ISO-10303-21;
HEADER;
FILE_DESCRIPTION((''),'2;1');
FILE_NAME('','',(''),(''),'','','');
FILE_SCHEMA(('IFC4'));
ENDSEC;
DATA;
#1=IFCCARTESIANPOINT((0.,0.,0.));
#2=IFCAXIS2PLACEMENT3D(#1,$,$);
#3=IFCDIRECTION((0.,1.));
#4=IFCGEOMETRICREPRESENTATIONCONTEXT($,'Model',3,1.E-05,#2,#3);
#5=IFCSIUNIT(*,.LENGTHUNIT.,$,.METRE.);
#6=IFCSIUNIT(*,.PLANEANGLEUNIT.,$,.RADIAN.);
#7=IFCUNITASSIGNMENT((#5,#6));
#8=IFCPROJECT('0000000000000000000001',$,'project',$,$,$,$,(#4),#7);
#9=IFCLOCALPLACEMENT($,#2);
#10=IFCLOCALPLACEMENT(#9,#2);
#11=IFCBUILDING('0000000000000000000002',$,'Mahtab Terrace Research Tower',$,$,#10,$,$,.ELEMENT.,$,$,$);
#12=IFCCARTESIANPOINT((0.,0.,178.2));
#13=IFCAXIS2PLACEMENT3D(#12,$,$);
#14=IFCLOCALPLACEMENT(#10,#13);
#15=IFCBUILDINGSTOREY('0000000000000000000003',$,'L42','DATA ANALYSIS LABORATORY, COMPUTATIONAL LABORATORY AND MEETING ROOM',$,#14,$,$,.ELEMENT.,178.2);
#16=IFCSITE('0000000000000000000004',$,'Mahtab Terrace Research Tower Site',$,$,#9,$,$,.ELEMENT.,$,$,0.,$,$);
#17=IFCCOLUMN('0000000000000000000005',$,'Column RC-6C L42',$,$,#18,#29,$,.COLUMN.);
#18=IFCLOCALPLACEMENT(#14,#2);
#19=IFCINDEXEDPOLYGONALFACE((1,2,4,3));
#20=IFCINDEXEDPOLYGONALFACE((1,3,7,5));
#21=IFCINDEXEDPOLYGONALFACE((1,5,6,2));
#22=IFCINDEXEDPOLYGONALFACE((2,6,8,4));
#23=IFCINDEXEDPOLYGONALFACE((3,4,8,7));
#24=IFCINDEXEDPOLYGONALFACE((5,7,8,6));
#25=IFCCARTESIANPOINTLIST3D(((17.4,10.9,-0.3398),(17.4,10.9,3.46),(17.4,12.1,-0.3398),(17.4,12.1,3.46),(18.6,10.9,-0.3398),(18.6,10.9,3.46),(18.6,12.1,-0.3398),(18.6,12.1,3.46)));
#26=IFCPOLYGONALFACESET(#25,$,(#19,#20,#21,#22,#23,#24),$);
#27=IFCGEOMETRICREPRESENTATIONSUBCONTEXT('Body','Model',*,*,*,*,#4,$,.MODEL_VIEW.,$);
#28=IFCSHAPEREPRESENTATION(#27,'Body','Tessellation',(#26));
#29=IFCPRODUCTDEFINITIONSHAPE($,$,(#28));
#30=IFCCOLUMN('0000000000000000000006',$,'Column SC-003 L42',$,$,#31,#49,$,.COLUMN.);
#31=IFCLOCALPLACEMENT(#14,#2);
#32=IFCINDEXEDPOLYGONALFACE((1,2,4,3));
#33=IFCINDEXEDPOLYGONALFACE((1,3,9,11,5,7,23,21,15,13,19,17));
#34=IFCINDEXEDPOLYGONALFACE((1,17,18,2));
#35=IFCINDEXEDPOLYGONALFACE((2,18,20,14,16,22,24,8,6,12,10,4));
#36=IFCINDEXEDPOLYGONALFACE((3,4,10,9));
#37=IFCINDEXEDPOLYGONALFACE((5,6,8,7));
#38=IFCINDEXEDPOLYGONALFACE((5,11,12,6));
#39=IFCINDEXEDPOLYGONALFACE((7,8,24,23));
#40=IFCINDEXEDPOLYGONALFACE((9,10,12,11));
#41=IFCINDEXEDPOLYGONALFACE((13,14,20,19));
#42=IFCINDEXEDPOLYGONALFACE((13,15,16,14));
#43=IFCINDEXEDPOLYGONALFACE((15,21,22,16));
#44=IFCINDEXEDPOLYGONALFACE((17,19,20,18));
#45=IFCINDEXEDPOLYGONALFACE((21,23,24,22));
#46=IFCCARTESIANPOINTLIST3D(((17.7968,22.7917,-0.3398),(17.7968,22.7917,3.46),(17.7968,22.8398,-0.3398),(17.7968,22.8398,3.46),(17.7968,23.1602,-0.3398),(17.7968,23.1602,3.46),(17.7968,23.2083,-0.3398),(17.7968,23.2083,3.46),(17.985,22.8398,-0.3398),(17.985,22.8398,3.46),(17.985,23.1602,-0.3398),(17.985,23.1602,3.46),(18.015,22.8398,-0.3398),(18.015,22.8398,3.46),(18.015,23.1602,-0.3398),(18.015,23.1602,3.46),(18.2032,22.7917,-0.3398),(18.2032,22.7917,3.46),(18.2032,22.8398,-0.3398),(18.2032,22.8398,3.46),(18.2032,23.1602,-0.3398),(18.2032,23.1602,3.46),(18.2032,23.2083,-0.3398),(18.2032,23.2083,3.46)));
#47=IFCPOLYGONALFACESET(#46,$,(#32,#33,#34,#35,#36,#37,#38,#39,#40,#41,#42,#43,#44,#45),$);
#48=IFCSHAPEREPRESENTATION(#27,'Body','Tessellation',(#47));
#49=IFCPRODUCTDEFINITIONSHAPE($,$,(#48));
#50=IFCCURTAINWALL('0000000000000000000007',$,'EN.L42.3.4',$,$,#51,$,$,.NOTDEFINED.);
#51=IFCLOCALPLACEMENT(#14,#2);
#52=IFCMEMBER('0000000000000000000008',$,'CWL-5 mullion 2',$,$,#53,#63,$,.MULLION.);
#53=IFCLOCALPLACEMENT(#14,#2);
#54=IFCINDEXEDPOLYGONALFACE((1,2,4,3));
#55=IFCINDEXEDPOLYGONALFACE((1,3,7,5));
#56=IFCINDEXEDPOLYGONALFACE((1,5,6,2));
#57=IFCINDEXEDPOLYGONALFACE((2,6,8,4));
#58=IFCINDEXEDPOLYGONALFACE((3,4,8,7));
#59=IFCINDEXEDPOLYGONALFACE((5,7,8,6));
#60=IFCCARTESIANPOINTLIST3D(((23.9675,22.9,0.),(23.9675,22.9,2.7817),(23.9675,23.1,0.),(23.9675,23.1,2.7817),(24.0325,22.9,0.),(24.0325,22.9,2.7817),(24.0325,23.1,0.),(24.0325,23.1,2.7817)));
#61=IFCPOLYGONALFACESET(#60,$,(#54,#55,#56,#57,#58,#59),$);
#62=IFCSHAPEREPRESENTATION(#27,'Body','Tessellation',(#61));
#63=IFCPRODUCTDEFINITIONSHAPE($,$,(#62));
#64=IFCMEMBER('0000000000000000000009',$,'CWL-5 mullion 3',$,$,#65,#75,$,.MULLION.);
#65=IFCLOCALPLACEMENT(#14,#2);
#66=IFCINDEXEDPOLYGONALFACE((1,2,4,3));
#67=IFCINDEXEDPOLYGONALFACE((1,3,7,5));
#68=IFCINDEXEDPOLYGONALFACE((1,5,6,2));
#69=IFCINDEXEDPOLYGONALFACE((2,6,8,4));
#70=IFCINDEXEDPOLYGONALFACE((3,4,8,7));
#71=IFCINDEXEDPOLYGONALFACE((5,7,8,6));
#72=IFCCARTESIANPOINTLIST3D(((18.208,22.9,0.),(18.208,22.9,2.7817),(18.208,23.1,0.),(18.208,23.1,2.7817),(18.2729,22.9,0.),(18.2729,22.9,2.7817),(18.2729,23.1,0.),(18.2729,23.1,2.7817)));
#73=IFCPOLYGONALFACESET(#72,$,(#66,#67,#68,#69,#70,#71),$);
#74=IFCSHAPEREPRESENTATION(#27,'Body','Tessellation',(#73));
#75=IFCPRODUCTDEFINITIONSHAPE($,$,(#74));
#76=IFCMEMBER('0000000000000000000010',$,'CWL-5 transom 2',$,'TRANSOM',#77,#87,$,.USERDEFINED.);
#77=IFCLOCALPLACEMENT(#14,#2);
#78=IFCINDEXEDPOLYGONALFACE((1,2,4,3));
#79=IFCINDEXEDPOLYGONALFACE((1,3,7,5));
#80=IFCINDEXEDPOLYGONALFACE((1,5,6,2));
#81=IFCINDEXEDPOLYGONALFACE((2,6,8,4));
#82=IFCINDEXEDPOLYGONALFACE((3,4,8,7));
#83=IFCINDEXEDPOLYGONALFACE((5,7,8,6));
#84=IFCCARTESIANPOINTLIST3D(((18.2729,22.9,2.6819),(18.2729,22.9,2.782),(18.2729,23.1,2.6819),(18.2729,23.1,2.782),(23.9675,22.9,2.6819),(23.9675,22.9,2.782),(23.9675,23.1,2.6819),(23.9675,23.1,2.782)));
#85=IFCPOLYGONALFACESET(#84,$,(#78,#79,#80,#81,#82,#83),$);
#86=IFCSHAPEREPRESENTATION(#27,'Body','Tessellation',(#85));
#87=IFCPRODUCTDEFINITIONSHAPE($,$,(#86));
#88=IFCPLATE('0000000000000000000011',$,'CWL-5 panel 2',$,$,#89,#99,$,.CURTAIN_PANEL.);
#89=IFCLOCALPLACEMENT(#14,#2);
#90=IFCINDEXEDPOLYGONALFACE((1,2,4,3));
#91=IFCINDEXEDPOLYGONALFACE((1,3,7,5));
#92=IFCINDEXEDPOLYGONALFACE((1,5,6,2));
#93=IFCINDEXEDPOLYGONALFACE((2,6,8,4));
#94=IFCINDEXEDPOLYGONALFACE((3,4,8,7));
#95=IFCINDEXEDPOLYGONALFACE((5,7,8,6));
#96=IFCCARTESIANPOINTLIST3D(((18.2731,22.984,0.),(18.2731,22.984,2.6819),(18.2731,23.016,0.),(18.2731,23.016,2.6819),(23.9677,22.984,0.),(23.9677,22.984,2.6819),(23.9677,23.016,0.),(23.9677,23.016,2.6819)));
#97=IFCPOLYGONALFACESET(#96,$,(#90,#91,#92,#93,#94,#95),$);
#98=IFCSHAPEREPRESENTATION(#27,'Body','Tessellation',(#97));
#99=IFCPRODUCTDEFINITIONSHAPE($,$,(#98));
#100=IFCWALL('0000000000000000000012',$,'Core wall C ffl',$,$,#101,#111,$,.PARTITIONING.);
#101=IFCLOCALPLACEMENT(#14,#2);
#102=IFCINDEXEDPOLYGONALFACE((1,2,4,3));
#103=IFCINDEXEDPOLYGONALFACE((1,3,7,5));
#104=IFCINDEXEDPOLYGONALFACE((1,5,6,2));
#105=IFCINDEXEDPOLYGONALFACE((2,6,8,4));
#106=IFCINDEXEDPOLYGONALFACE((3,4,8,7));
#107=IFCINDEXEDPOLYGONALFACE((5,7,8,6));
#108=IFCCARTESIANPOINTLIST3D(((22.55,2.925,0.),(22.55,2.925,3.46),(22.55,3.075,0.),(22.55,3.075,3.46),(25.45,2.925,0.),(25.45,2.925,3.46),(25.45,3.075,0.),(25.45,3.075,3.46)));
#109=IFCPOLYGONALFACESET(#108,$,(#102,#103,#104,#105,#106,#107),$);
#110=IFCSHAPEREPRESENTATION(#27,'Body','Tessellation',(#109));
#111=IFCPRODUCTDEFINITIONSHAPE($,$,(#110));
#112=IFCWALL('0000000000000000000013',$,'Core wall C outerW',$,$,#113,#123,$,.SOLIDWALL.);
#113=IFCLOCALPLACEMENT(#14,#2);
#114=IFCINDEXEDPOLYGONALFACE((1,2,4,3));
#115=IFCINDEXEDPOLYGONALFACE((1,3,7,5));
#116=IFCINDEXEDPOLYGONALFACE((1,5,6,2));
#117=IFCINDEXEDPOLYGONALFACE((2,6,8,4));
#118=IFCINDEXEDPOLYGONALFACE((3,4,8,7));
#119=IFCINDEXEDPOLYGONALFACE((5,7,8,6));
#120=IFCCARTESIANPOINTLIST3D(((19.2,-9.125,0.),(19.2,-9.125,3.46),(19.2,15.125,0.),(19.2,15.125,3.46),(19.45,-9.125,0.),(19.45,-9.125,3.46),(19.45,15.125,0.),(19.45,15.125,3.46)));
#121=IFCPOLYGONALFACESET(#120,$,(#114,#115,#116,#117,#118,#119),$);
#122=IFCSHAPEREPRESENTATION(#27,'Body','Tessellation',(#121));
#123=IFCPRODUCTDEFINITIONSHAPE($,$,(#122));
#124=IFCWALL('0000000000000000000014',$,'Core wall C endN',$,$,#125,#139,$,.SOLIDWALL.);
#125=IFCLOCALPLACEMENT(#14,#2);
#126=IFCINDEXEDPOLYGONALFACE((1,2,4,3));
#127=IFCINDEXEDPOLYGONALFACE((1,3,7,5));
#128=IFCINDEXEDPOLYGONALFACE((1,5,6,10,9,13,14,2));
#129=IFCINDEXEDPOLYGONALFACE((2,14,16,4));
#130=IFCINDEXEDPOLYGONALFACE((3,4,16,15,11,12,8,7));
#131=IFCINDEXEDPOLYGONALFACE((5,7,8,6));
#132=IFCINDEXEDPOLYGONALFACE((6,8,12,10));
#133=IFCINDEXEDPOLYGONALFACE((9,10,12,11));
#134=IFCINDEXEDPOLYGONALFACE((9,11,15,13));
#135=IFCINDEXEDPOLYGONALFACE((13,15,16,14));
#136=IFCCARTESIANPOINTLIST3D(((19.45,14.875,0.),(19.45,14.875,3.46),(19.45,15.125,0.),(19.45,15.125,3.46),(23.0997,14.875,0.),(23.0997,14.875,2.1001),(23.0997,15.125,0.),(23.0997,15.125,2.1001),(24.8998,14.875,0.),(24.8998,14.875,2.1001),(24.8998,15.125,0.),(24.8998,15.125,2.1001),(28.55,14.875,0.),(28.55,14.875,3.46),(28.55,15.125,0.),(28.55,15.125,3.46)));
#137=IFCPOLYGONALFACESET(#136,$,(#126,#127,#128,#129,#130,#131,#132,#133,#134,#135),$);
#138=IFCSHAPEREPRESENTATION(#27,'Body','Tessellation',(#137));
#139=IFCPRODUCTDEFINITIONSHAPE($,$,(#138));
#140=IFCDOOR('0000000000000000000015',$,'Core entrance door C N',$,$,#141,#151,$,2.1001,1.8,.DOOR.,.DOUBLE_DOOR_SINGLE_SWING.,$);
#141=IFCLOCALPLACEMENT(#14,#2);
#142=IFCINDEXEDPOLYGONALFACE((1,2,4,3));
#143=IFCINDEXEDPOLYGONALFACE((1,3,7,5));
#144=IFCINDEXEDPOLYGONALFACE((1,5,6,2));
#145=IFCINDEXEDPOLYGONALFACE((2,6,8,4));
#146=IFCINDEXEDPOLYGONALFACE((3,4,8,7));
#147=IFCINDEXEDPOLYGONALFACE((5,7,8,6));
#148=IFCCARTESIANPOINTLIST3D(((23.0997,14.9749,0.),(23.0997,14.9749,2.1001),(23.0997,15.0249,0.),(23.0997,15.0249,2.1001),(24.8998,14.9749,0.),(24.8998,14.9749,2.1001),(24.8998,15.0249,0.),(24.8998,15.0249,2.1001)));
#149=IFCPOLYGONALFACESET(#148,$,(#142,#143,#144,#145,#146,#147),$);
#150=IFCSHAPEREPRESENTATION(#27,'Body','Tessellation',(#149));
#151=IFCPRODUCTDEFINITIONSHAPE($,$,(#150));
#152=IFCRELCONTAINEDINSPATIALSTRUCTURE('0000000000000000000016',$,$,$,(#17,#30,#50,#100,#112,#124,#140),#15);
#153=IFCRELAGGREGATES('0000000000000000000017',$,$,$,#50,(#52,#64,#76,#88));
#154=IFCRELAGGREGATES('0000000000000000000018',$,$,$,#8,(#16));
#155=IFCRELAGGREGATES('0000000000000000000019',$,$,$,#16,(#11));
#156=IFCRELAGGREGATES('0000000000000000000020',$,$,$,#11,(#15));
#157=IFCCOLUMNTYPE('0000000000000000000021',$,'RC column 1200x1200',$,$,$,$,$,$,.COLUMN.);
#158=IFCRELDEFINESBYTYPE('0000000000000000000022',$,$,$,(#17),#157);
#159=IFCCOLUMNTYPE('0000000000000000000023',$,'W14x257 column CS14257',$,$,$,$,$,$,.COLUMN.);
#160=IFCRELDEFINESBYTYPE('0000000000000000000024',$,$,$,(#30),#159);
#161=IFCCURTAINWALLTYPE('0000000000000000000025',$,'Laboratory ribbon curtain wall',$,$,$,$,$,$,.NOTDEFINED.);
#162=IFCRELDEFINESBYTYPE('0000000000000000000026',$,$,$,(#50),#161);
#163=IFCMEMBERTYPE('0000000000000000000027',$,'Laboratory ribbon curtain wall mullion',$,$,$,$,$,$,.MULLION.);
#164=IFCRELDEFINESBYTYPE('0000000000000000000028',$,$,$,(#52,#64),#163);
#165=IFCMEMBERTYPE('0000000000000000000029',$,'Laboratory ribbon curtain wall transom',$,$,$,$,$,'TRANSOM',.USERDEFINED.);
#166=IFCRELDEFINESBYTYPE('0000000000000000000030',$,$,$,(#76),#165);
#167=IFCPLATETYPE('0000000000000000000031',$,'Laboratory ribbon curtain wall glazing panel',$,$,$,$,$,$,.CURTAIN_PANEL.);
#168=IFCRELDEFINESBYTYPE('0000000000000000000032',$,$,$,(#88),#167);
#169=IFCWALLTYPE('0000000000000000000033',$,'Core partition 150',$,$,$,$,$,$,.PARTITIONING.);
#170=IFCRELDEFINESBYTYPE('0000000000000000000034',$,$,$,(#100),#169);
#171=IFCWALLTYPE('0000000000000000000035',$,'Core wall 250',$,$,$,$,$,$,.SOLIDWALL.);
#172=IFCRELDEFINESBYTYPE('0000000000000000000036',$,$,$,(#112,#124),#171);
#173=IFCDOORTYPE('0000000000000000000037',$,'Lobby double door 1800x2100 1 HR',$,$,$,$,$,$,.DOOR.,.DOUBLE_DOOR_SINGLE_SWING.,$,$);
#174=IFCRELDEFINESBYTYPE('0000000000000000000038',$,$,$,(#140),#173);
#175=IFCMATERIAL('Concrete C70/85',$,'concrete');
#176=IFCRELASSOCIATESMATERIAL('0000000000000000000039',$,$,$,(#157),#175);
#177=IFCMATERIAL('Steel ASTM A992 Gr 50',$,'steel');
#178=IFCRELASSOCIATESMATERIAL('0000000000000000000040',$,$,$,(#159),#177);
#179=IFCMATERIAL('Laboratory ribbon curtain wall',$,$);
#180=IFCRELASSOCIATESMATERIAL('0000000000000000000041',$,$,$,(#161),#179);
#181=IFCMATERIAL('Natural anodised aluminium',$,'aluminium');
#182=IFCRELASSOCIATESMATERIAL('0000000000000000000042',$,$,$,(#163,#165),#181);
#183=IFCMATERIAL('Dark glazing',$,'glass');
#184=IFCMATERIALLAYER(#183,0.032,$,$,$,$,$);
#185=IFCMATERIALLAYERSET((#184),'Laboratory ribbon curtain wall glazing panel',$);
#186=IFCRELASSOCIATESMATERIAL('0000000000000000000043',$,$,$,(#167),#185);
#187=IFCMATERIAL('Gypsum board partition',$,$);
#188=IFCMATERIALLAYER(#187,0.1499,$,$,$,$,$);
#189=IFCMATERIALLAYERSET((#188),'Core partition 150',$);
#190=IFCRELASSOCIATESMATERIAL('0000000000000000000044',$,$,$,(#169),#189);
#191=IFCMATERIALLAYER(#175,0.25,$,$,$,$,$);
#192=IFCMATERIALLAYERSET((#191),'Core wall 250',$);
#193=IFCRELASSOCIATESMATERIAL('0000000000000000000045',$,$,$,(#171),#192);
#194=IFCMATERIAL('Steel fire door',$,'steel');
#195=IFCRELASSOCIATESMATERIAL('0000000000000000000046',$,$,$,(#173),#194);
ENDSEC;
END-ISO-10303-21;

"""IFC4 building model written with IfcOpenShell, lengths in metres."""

from ifc_helpers import new_model, si_unit, direction, frame, frame_2d, origin, origin_2d, place, context, subcontext, project, spatial, rectangle, i_section, extrude, material, layer, layer_set, material_profile, profile_set, type_object, element, fill, aggregate, save


model = new_model("IFC4")

# Units and contexts
model_context = context("Model", 3, precision=1e-05, world=origin(), true_north=direction((0.0, 1.0)))
body_context = subcontext(model_context, "Body", "Model", "MODEL_VIEW")
ifc_project = project(units=[si_unit("LENGTHUNIT", "METRE"), si_unit("PLANEANGLEUNIT", "RADIAN")], contexts=[model_context])

# Site, building, storey
site_placement = place(None, origin())
site = spatial("IfcSite", under=ifc_project, at=site_placement, Name="Mahtab Terrace Research Tower Site", CompositionType="ELEMENT", RefElevation=0.0)
building_placement = place(site_placement, origin())
building = spatial("IfcBuilding", under=site, at=building_placement, Name="Mahtab Terrace Research Tower", CompositionType="ELEMENT")
storey_placement = place(building_placement, frame((0.0, 0.0, 178.2)))
storey = spatial("IfcBuildingStorey", under=building, at=storey_placement, Name="L42", Description="DATA ANALYSIS LABORATORY, COMPUTATIONAL LABORATORY AND MEETING ROOM", CompositionType="ELEMENT", Elevation=178.2)

# Columns
ifc_material_1 = material(Name="Concrete C70/85", Category="concrete")
ifc_material_profile_1 = material_profile(ifc_material_1, rectangle(XDim=1.2, YDim=1.2, at=origin_2d()), Name="RC column 1200x1200")
ifc_profile_set_1 = profile_set([ifc_material_profile_1], Name="Concrete C70/85")
column_type_1 = type_object("IfcColumnType", Name="RC column 1200x1200", PredefinedType="COLUMN", material=ifc_profile_set_1)
column_1_placement = place(storey_placement, frame((18.0, 11.5, -0.3398), z_axis=(0.0, 0.0, 1.0), x_axis=(1.0, 0.0, 0.0)))
element("IfcColumn", 1, at=column_1_placement, inside=storey, type_object=column_type_1, Name="Column RC-6C L42", PredefinedType="COLUMN", context=body_context, shape_type="SweptSolid", body=[
    extrude(rectangle(XDim=1.2, YDim=1.2, at=origin_2d()), origin(), (0.0, 0.0, 1.0), 3.7998),
])
ifc_material_2 = material(Name="Steel ASTM A992 Gr 50", Category="steel")
ifc_material_profile_2 = material_profile(ifc_material_2, i_section(OverallWidth=0.4065, OverallDepth=0.4165, WebThickness=0.03, FlangeThickness=0.0481, at=origin_2d()), Name="W14X257")
ifc_profile_set_2 = profile_set([ifc_material_profile_2], Name="Steel ASTM A992 Gr 50")
column_type_2 = type_object("IfcColumnType", Name="W14x257 column CS14257", PredefinedType="COLUMN", material=ifc_profile_set_2)
column_2_placement = place(storey_placement, frame((18.0, 23.0, -0.3398), z_axis=(0.0, 0.0, 1.0), x_axis=(1.0, 0.0, 0.0)))
element("IfcColumn", 2, at=column_2_placement, inside=storey, type_object=column_type_2, Name="Column SC-003 L42", PredefinedType="COLUMN", context=body_context, shape_type="SweptSolid", body=[
    extrude(i_section(OverallWidth=0.4065, OverallDepth=0.4165, WebThickness=0.03, FlangeThickness=0.0481, at=origin_2d()), origin(), (0.0, 0.0, 1.0), 3.7998),
])

# Curtain wall, members, plate
ifc_material_3 = material(Name="Laboratory ribbon curtain wall")
curtain_wall_type = type_object("IfcCurtainWallType", Name="Laboratory ribbon curtain wall", PredefinedType="NOTDEFINED", material=ifc_material_3)
curtain_wall_placement = place(storey_placement, origin())
curtain_wall = element("IfcCurtainWall", 3, at=curtain_wall_placement, inside=storey, type_object=curtain_wall_type, Name="EN.L42.3.4", PredefinedType="NOTDEFINED")
ifc_material_4 = material(Name="Natural anodised aluminium", Category="aluminium")
ifc_material_profile_3 = material_profile(ifc_material_4, rectangle(XDim=0.2, YDim=0.0649, at=origin_2d()), Name="MULLION 65x200")
ifc_profile_set_3 = profile_set([ifc_material_profile_3], Name="Natural anodised aluminium")
member_type_1 = type_object("IfcMemberType", Name="Laboratory ribbon curtain wall mullion", PredefinedType="MULLION", material=ifc_profile_set_3)
member_1_placement = place(storey_placement, frame((24.0, 23.0, 0.0), z_axis=(0.0, 0.0, 1.0), x_axis=(0.0, -1.0, 0.0)))
member_1 = element("IfcMember", 4, at=member_1_placement, type_object=member_type_1, Name="CWL-5 mullion 2", PredefinedType="MULLION", context=body_context, shape_type="SweptSolid", body=[
    extrude(rectangle(XDim=0.2, YDim=0.0649, at=origin_2d()), origin(), (0.0, 0.0, 1.0), 2.7817),
])
member_2_placement = place(storey_placement, frame((18.2405, 23.0, 0.0), z_axis=(0.0, 0.0, 1.0), x_axis=(0.0, -1.0, 0.0)))
member_2 = element("IfcMember", 5, at=member_2_placement, type_object=member_type_1, Name="CWL-5 mullion 3", PredefinedType="MULLION", context=body_context, shape_type="SweptSolid", body=[
    extrude(rectangle(XDim=0.2, YDim=0.0649, at=origin_2d()), origin(), (0.0, 0.0, 1.0), 2.7817),
])
ifc_material_profile_4 = material_profile(ifc_material_4, rectangle(XDim=0.2, YDim=0.1001, at=origin_2d()), Name="TRANSOM 100x200")
ifc_profile_set_4 = profile_set([ifc_material_profile_4], Name="Natural anodised aluminium")
member_type_2 = type_object("IfcMemberType", Name="Laboratory ribbon curtain wall transom", ElementType="TRANSOM", PredefinedType="USERDEFINED", material=ifc_profile_set_4)
member_3_placement = place(storey_placement, frame((23.9675, 23.0, 2.7319), z_axis=(-1.0, 0.0, 0.0), x_axis=(0.0, -1.0, 0.0)))
member_3 = element("IfcMember", 6, at=member_3_placement, type_object=member_type_2, Name="CWL-5 transom 2", ObjectType="TRANSOM", PredefinedType="USERDEFINED", context=body_context, shape_type="SweptSolid", body=[
    extrude(rectangle(XDim=0.2, YDim=0.1001, at=origin_2d()), origin(), (0.0, 0.0, 1.0), 5.6946),
])
ifc_material_5 = material(Name="Dark glazing", Category="glass")
ifc_layer_1 = layer(ifc_material_5, 0.032)
ifc_layer_set_1 = layer_set([ifc_layer_1], Name="Laboratory ribbon curtain wall glazing panel")
plate_type = type_object("IfcPlateType", Name="Laboratory ribbon curtain wall glazing panel", PredefinedType="CURTAIN_PANEL", material=ifc_layer_set_1)
plate_placement = place(storey_placement, frame((21.1204, 23.0, 0.0), z_axis=(0.0, 0.0, 1.0), x_axis=(-1.0, 0.0, 0.0)))
plate = element("IfcPlate", 7, at=plate_placement, type_object=plate_type, Name="CWL-5 panel 2", PredefinedType="CURTAIN_PANEL", context=body_context, shape_type="SweptSolid", body=[
    extrude(rectangle(XDim=5.6946, YDim=0.032, at=origin_2d()), origin(), (0.0, 0.0, 1.0), 2.6819),
])
aggregate(curtain_wall, [member_1, member_2, member_3, plate])

# Walls
ifc_material_6 = material(Name="Gypsum board partition")
ifc_layer_2 = layer(ifc_material_6, 0.1499)
ifc_layer_set_2 = layer_set([ifc_layer_2], Name="Core partition 150")
wall_type_1 = type_object("IfcWallType", Name="Core partition 150", PredefinedType="PARTITIONING", material=ifc_layer_set_2)
wall_1_placement = place(storey_placement, frame((22.55, 3.0, 0.0), z_axis=(0.0, 0.0, 1.0), x_axis=(1.0, 0.0, 0.0)))
element("IfcWall", 8, at=wall_1_placement, inside=storey, type_object=wall_type_1, Name="Core wall C ffl", PredefinedType="PARTITIONING", context=body_context, shape_type="SweptSolid", body=[
    extrude(rectangle(XDim=2.8999, YDim=0.1499, at=frame_2d((1.45, 0.0))), origin(), (0.0, 0.0, 1.0), 3.46),
])
ifc_layer_3 = layer(ifc_material_1, 0.25)
ifc_layer_set_3 = layer_set([ifc_layer_3], Name="Core wall 250")
wall_type_2 = type_object("IfcWallType", Name="Core wall 250", PredefinedType="SOLIDWALL", material=ifc_layer_set_3)
wall_2_placement = place(storey_placement, frame((19.325, 15.125, 0.0), z_axis=(0.0, 0.0, 1.0), x_axis=(0.0, -1.0, 0.0)))
element("IfcWall", 9, at=wall_2_placement, inside=storey, type_object=wall_type_2, Name="Core wall C outerW", PredefinedType="SOLIDWALL", context=body_context, shape_type="SweptSolid", body=[
    extrude(rectangle(XDim=24.25, YDim=0.25, at=frame_2d((12.125, 0.0))), origin(), (0.0, 0.0, 1.0), 3.46),
])

# Wall, opening, door
wall_3_placement = place(storey_placement, frame((19.45, 15.0, 0.0), z_axis=(0.0, 0.0, 1.0), x_axis=(1.0, 0.0, 0.0)))
wall_3 = element("IfcWall", 10, at=wall_3_placement, inside=storey, type_object=wall_type_2, Name="Core wall C endN", PredefinedType="SOLIDWALL", context=body_context, shape_type="SweptSolid", body=[
    extrude(rectangle(XDim=9.1001, YDim=0.25, at=frame_2d((4.55, 0.0))), origin(), (0.0, 0.0, 1.0), 3.46),
])
opening_1_placement = place(wall_3_placement, frame((3.6499, 0.0, 0.0)))
opening_1 = element("IfcOpeningElement", 11, at=opening_1_placement, cuts=wall_3, PredefinedType="OPENING", context=body_context, shape_type="SweptSolid", body=[
    extrude(rectangle(XDim=1.8, YDim=2.1001, at=frame_2d((0.8999, 1.05))), frame((0.0, 0.135, 0.0), z_axis=(0.0, -1.0, 0.0), x_axis=(1.0, 0.0, 0.0)), (0.0, 0.0, 1.0), 0.27),
])
ifc_material_7 = material(Name="Steel fire door", Category="steel")
door_type_1 = type_object("IfcDoorType", Name="Lobby double door 1800x2100 1 HR", OperationType="DOUBLE_DOOR_SINGLE_SWING", PredefinedType="DOOR", material=ifc_material_7)
door_1_placement = place(opening_1_placement, origin())
door_1 = element("IfcDoor", 12, at=door_1_placement, inside=storey, type_object=door_type_1, Name="Core entrance door C N", OperationType="DOUBLE_DOOR_SINGLE_SWING", OverallHeight=2.1001, OverallWidth=1.8, PredefinedType="DOOR", context=body_context, shape_type="SweptSolid", body=[
    extrude(rectangle(XDim=1.8, YDim=2.1001, at=frame_2d((0.8999, 1.05))), frame((0.0, 0.0249, 0.0), z_axis=(0.0, -1.0, 0.0), x_axis=(1.0, 0.0, 0.0)), (0.0, 0.0, 1.0), 0.05),
])
fill(opening_1, door_1)

save(model, "model.ifc")
